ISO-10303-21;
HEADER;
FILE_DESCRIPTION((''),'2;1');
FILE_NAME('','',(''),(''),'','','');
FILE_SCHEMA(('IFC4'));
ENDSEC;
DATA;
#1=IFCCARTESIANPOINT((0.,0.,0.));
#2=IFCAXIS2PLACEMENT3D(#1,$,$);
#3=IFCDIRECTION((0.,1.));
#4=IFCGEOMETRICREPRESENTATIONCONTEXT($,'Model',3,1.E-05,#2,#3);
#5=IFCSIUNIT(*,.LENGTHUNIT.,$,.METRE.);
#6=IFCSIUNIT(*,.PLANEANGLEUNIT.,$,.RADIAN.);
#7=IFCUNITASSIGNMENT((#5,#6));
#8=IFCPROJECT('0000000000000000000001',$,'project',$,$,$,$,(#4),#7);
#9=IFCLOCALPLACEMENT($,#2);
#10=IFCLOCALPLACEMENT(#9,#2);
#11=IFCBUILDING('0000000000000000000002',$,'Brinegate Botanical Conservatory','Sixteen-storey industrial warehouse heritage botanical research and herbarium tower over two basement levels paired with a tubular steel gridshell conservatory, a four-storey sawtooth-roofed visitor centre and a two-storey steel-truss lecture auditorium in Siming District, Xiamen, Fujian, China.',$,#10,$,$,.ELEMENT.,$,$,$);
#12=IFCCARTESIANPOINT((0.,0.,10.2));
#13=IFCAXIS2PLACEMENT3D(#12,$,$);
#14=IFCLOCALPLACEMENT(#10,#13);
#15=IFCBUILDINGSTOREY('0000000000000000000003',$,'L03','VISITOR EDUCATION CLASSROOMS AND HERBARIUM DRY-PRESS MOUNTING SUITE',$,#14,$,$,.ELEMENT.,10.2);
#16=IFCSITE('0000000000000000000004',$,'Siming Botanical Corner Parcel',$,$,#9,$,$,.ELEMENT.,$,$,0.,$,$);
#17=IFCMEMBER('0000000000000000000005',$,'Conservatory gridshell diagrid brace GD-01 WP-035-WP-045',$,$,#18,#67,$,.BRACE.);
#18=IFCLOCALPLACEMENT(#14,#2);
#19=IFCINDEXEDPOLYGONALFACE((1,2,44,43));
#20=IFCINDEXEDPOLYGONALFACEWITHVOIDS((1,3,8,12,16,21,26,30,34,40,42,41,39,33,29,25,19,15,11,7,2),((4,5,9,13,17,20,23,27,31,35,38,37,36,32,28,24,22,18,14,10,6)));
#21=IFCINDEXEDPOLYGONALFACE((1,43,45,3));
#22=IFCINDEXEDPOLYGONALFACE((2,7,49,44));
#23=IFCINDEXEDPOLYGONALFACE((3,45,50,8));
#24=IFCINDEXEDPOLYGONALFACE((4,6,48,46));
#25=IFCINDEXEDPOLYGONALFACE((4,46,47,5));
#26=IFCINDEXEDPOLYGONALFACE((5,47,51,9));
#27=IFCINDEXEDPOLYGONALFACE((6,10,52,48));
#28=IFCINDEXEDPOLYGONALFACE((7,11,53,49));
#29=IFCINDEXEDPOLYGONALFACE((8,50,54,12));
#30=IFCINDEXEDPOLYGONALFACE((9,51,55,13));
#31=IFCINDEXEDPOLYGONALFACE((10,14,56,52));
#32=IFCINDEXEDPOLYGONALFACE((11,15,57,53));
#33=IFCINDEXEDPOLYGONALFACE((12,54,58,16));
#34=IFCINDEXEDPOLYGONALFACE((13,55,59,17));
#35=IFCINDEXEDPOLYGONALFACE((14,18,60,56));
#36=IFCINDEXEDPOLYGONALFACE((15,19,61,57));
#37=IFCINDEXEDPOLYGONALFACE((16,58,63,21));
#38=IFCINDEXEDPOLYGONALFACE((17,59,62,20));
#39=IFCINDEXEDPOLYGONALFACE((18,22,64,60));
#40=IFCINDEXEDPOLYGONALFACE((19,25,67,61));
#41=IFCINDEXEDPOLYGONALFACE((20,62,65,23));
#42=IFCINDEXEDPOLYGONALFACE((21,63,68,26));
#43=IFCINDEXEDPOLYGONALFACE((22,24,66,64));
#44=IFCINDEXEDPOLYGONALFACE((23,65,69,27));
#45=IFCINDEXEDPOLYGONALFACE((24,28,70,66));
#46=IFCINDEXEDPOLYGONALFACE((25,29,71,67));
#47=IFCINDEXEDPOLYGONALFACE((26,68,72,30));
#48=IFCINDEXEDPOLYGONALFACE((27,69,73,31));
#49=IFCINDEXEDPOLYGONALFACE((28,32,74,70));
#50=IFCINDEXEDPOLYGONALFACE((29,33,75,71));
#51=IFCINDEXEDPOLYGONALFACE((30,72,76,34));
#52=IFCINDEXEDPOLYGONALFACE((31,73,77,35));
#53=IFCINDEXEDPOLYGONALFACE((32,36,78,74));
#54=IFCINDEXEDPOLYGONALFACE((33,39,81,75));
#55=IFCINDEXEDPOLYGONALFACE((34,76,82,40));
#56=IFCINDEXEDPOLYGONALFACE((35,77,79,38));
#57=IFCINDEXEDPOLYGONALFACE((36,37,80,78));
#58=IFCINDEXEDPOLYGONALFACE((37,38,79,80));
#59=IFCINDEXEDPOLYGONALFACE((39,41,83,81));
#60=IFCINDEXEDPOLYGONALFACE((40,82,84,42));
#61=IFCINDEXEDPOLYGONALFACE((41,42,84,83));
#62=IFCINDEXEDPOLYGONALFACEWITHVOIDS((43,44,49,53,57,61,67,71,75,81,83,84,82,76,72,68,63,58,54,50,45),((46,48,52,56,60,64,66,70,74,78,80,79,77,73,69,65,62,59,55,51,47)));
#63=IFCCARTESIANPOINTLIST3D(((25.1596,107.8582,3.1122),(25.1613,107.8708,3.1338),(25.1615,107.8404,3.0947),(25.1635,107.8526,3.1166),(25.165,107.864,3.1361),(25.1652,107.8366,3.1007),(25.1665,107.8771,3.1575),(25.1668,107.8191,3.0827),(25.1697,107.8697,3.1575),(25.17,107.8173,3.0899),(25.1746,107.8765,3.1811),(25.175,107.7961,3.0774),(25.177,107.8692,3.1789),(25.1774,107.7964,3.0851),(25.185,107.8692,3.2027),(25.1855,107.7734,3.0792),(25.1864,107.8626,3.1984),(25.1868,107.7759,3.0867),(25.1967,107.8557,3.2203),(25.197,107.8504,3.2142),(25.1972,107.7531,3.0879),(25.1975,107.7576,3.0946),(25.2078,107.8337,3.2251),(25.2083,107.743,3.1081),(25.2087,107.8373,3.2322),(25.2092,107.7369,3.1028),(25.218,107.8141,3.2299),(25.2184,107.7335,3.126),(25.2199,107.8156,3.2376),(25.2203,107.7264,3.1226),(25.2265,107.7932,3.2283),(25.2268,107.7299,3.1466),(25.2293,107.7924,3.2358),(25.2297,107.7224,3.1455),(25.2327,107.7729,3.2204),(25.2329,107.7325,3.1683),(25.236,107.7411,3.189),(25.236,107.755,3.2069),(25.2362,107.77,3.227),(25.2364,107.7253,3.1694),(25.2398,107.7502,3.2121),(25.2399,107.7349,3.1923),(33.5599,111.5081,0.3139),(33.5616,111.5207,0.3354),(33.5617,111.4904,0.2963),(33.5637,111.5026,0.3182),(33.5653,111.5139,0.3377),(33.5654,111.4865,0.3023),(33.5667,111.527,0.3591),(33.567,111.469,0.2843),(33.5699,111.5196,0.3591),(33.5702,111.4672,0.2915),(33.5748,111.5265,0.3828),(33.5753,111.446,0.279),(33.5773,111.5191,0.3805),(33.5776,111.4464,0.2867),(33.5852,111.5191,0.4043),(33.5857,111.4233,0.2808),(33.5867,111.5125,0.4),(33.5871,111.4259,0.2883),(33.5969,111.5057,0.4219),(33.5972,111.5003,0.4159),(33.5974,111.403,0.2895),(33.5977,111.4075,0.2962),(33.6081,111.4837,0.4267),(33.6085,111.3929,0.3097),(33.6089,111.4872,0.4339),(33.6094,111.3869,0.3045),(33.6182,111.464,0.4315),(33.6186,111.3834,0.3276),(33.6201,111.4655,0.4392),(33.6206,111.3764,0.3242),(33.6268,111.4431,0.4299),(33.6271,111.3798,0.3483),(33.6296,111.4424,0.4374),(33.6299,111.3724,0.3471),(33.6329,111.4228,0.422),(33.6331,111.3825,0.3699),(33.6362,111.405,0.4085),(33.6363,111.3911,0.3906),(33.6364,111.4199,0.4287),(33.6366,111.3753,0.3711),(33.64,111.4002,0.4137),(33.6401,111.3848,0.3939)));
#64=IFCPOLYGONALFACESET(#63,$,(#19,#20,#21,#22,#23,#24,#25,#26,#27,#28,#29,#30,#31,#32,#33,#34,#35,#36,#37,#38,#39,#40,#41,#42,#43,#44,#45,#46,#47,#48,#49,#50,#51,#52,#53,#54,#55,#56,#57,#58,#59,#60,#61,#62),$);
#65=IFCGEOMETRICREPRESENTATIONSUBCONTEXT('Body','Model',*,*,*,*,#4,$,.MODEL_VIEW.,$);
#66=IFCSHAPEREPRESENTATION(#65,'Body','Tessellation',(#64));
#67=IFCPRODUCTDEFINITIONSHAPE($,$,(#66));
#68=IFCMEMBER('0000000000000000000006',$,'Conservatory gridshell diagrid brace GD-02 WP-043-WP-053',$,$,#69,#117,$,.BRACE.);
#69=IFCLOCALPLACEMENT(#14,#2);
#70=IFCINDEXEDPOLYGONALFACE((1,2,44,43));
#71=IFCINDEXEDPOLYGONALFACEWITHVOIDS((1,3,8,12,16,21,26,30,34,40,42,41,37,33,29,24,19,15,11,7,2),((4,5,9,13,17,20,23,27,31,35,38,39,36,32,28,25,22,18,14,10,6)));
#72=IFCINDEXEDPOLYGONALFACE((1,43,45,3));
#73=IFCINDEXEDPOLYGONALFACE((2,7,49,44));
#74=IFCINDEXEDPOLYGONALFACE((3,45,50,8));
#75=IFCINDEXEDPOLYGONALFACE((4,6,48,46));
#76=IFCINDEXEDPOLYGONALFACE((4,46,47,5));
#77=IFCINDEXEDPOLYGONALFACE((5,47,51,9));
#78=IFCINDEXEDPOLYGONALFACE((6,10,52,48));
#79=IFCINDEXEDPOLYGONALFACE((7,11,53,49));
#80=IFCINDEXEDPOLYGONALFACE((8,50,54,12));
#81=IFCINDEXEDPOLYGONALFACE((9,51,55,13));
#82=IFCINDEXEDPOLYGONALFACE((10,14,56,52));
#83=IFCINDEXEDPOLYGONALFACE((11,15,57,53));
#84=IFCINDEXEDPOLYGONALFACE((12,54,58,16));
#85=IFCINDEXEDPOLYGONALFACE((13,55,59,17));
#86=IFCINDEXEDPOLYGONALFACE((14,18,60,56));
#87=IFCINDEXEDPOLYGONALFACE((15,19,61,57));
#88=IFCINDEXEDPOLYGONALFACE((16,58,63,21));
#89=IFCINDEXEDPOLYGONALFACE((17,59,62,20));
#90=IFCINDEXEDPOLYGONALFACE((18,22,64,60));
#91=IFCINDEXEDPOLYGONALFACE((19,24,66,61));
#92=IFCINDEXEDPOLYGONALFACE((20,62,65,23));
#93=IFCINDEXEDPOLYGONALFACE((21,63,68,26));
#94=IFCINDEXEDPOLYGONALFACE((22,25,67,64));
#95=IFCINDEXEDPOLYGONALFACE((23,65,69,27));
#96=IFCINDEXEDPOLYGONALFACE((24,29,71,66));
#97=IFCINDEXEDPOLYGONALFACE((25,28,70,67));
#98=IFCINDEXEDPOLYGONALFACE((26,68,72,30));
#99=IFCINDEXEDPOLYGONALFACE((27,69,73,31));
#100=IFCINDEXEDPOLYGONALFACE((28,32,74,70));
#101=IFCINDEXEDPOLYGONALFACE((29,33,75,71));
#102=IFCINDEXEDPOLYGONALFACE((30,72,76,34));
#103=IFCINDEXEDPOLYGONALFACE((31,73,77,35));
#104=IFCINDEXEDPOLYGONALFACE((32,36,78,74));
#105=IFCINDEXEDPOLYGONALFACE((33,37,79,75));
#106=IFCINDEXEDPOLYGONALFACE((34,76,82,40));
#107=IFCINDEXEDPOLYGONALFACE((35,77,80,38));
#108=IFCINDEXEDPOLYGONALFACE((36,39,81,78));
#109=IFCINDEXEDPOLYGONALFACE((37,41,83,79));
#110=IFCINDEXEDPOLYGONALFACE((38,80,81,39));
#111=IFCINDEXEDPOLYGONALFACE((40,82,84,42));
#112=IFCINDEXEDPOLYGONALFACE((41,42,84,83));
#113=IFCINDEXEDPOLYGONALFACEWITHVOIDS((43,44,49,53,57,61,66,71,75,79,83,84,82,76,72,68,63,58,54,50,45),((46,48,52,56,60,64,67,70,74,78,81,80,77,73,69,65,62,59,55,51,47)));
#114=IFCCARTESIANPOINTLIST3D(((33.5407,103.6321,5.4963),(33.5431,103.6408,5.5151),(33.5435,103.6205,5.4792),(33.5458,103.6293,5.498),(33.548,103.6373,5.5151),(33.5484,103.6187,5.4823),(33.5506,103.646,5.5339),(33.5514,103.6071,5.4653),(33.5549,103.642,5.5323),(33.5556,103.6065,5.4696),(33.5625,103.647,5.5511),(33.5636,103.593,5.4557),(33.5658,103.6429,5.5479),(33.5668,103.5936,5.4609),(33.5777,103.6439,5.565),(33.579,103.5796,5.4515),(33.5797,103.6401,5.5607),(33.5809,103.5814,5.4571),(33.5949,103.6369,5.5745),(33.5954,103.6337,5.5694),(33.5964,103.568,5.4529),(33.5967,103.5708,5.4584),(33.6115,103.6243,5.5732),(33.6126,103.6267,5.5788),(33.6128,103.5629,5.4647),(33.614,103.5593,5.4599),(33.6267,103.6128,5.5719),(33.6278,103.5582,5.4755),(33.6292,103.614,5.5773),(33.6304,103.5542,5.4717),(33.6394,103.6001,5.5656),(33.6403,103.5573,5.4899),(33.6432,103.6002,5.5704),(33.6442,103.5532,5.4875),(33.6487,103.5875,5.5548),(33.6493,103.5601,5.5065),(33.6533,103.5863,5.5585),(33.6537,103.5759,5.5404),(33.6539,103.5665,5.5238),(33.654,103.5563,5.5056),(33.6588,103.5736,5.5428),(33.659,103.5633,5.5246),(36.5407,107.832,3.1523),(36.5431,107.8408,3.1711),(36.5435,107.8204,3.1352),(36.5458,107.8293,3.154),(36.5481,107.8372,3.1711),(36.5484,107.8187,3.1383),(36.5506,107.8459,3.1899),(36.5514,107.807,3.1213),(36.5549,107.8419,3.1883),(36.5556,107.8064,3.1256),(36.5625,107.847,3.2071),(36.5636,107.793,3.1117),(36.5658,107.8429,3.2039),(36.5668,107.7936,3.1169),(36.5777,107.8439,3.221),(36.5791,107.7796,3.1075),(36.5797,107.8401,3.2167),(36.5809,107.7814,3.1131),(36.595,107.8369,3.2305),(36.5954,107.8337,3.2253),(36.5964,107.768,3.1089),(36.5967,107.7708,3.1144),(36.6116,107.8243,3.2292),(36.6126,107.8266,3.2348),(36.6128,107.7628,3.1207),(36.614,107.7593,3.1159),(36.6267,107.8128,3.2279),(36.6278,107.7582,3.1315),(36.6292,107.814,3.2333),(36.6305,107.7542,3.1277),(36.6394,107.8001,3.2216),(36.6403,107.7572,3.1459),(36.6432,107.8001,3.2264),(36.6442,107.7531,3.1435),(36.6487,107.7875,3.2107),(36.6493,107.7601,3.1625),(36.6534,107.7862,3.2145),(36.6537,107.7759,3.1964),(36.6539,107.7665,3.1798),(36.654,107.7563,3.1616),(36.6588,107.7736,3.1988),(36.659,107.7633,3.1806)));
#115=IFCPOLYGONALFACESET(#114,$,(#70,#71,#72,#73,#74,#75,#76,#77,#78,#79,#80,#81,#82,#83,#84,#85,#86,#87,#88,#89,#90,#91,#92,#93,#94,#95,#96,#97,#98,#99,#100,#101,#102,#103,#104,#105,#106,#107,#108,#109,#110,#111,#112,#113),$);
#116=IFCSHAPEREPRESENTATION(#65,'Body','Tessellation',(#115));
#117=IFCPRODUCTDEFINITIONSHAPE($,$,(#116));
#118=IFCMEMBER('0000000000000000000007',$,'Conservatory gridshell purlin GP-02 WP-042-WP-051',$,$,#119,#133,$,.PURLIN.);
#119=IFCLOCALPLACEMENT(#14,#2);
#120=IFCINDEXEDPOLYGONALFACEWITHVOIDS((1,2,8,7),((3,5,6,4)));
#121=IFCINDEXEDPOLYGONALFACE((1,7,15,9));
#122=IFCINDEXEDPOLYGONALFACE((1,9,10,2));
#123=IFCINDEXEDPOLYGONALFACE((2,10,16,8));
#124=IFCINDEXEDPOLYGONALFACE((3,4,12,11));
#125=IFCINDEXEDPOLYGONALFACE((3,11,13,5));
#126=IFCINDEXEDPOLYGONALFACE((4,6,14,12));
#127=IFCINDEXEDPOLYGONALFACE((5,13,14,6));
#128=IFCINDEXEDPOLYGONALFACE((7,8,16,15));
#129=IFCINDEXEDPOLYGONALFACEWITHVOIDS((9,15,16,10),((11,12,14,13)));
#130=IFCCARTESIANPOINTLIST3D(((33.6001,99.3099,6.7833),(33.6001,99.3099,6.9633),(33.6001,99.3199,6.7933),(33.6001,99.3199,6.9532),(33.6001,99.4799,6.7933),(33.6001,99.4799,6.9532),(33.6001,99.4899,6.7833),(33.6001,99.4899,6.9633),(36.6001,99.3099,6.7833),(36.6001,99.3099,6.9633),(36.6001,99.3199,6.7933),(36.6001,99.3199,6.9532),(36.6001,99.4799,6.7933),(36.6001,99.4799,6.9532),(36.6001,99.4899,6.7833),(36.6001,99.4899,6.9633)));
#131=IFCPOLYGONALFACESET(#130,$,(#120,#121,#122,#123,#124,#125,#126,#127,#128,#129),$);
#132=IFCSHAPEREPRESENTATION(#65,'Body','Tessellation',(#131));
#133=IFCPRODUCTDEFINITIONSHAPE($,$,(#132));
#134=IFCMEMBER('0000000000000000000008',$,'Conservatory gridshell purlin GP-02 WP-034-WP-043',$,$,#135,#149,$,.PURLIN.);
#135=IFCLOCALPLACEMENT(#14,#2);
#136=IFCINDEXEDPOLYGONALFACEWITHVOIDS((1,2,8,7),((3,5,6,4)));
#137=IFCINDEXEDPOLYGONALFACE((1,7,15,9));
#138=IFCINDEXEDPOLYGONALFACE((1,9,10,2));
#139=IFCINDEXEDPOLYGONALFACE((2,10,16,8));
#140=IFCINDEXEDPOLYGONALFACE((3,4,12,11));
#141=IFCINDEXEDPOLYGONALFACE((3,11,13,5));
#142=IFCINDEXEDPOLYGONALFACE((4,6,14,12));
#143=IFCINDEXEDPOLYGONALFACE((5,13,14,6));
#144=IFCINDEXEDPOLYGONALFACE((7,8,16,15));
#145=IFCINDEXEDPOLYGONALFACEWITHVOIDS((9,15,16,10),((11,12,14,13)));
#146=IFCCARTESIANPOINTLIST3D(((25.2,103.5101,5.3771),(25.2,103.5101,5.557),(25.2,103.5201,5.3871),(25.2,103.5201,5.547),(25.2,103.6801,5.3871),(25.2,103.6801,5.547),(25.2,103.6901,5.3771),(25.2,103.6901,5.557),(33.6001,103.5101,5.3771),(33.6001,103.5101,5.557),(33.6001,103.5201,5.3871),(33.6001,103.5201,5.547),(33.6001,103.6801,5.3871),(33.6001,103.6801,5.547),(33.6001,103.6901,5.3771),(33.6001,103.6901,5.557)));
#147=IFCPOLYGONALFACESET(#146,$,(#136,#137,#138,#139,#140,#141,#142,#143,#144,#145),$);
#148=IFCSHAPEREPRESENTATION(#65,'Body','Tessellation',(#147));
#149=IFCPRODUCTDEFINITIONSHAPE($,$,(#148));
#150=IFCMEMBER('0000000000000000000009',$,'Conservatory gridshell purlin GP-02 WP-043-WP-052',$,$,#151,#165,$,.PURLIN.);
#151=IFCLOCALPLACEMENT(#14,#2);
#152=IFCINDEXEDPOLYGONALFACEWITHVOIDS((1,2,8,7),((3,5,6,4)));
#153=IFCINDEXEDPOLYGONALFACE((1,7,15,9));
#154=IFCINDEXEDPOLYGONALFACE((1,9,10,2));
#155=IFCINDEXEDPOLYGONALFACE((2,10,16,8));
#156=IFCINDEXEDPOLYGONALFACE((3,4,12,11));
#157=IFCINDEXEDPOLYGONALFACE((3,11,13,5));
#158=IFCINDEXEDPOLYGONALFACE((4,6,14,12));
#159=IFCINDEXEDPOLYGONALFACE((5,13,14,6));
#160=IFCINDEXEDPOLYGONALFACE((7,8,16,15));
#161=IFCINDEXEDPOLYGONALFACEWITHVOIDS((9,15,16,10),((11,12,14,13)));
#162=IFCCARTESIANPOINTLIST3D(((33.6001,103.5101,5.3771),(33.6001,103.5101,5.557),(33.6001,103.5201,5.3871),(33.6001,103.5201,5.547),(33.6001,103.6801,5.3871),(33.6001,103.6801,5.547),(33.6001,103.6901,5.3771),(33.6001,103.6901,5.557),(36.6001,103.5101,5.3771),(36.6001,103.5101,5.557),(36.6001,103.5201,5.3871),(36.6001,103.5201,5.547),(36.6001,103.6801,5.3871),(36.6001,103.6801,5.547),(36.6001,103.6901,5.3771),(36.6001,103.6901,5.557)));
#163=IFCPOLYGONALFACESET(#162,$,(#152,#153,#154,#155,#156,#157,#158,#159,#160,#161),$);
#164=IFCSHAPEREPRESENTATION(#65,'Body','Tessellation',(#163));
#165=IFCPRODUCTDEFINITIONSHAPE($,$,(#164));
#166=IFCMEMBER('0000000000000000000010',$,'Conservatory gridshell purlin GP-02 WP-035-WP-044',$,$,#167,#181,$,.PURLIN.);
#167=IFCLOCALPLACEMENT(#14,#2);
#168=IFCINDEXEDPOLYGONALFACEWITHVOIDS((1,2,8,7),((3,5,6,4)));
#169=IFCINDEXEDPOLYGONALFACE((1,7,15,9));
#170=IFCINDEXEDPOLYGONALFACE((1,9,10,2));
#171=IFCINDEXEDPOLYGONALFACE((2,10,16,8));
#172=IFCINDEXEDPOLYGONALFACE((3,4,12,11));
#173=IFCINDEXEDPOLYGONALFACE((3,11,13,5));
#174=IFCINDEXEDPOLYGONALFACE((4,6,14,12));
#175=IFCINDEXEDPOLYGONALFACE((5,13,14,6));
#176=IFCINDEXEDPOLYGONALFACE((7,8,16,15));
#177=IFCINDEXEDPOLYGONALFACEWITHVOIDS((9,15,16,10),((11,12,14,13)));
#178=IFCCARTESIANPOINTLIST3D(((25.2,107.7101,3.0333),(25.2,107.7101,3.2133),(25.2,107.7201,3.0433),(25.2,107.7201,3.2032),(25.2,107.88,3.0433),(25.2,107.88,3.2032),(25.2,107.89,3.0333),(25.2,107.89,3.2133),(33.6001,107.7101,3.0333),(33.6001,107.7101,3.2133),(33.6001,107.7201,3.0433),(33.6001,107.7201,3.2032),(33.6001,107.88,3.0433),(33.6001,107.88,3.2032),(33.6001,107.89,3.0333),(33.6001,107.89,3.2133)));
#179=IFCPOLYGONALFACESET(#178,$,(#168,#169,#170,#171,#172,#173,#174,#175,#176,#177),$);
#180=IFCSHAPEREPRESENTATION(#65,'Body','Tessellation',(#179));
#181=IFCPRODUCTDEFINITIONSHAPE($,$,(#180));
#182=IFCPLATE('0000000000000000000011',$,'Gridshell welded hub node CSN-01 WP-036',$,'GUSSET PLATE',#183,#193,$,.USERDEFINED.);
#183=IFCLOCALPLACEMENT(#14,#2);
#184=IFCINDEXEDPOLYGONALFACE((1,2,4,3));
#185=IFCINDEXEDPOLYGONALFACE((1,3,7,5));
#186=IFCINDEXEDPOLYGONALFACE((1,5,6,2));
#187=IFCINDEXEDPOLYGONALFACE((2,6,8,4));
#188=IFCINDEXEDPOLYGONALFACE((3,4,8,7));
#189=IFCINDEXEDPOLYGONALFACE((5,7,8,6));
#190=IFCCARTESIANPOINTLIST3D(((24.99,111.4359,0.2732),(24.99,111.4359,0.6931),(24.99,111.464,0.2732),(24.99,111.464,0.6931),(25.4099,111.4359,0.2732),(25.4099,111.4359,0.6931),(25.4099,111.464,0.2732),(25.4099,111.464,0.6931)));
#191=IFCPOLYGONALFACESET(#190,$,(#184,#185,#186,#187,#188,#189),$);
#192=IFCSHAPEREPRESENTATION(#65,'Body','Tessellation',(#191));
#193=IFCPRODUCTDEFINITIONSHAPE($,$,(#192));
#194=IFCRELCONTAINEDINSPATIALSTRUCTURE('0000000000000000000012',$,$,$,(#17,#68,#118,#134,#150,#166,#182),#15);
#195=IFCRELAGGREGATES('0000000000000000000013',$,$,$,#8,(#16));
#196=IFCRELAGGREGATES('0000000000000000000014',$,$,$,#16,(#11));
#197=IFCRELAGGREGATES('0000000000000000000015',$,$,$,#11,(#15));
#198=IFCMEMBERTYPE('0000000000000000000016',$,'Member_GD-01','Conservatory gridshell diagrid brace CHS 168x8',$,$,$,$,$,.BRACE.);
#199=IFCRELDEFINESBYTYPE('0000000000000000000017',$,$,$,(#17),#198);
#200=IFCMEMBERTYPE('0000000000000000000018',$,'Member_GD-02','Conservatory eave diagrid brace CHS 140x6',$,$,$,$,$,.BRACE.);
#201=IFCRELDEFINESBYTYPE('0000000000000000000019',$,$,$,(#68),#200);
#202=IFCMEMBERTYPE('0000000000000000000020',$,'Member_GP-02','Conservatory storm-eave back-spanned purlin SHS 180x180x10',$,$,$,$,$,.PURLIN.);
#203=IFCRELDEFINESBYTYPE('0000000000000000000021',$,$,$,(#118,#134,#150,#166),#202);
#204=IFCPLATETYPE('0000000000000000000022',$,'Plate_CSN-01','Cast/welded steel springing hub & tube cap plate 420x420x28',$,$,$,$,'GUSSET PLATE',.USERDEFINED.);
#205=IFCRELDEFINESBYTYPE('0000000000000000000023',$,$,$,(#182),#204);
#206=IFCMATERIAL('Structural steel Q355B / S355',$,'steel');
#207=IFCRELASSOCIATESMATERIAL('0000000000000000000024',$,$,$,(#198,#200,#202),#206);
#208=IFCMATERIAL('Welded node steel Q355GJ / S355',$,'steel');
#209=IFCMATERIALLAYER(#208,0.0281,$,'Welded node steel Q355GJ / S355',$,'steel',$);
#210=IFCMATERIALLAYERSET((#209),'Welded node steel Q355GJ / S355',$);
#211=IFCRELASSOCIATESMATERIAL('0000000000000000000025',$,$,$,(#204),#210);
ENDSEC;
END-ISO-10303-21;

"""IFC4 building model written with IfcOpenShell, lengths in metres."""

from ifc_helpers import new_model, si_unit, direction, frame, origin, origin_2d, place, context, subcontext, project, spatial, rectangle, hollow_rectangle, hollow_circle, extrude, material, layer, layer_set, material_profile, profile_set, type_object, element, save


model = new_model("IFC4")

# Units and contexts
model_context = context("Model", 3, precision=1e-05, world=origin(), true_north=direction((0.0, 1.0)))
body_context = subcontext(model_context, "Body", "Model", "MODEL_VIEW")
ifc_project = project(units=[si_unit("LENGTHUNIT", "METRE"), si_unit("PLANEANGLEUNIT", "RADIAN")], contexts=[model_context])

# Site, building, storey
site_placement = place(None, origin())
site = spatial("IfcSite", under=ifc_project, at=site_placement, Name="Siming Botanical Corner Parcel", CompositionType="ELEMENT", RefElevation=0.0)
building_placement = place(site_placement, origin())
building = spatial("IfcBuilding", under=site, at=building_placement, Name="Brinegate Botanical Conservatory", Description="Sixteen-storey industrial warehouse heritage botanical research and herbarium tower over two basement levels paired with a tubular steel gridshell conservatory, a four-storey sawtooth-roofed visitor centre and a two-storey steel-truss lecture auditorium in Siming District, Xiamen, Fujian, China.", CompositionType="ELEMENT")
storey_placement = place(building_placement, frame((0.0, 0.0, 10.2)))
storey = spatial("IfcBuildingStorey", under=building, at=storey_placement, Name="L03", Description="VISITOR EDUCATION CLASSROOMS AND HERBARIUM DRY-PRESS MOUNTING SUITE", CompositionType="ELEMENT", Elevation=10.2)

# Shared definitions
ifc_material_1 = material(Name="Structural steel Q355B / S355", Category="steel")

# Members
ifc_material_profile_1 = material_profile(ifc_material_1, hollow_circle(Radius=0.084, WallThickness=0.0081, at=origin_2d()), Name="CHS 168x8")
ifc_profile_set_1 = profile_set([ifc_material_profile_1], Name="Structural steel Q355B / S355")
member_type_1 = type_object("IfcMemberType", Name="Member_GD-01", Description="Conservatory gridshell diagrid brace CHS 168x8", PredefinedType="BRACE", material=ifc_profile_set_1)
member_1_placement = place(storey_placement, frame((25.2, 107.8, 3.1575), z_axis=(0.877136, 0.381119, -0.2922), x_axis=(-0.398512, 0.917163, 0.0)))
element("IfcMember", 1, at=member_1_placement, inside=storey, type_object=member_type_1, Name="Conservatory gridshell diagrid brace GD-01 WP-035-WP-045", PredefinedType="BRACE", context=body_context, shape_type="SweptSolid", body=[
    extrude(hollow_circle(Radius=0.084, WallThickness=0.0081, at=origin_2d()), origin(), (0.0, 0.0, 1.0), 9.5769),
])
ifc_material_profile_2 = material_profile(ifc_material_1, hollow_circle(Radius=0.0701, WallThickness=0.0061, at=origin_2d()), Name="CHS 140x6")
ifc_profile_set_2 = profile_set([ifc_material_profile_2], Name="Structural steel Q355B / S355")
member_type_2 = type_object("IfcMemberType", Name="Member_GD-02", Description="Conservatory eave diagrid brace CHS 140x6", PredefinedType="BRACE", material=ifc_profile_set_2)
member_2_placement = place(storey_placement, frame((33.6001, 103.6001, 5.5151), z_axis=(0.529224, 0.740905, -0.413499), x_axis=(-0.81373, 0.581243, 0.0)))
element("IfcMember", 2, at=member_2_placement, inside=storey, type_object=member_type_2, Name="Conservatory gridshell diagrid brace GD-02 WP-043-WP-053", PredefinedType="BRACE", context=body_context, shape_type="SweptSolid", body=[
    extrude(hollow_circle(Radius=0.0701, WallThickness=0.0061, at=origin_2d()), origin(), (0.0, 0.0, 1.0), 5.6687),
])
ifc_material_profile_3 = material_profile(ifc_material_1, hollow_rectangle(XDim=0.1799, YDim=0.1799, WallThickness=0.01, at=origin_2d()), Name="SHS 180x180x10")
ifc_profile_set_3 = profile_set([ifc_material_profile_3], Name="Structural steel Q355B / S355")
member_type_3 = type_object("IfcMemberType", Name="Member_GP-02", Description="Conservatory storm-eave back-spanned purlin SHS 180x180x10", PredefinedType="PURLIN", material=ifc_profile_set_3)
member_3_placement = place(storey_placement, frame((33.6001, 99.3999, 6.8733), z_axis=(1.0, 0.0, 0.0), x_axis=(0.0, 1.0, 0.0)))
element("IfcMember", 3, at=member_3_placement, inside=storey, type_object=member_type_3, Name="Conservatory gridshell purlin GP-02 WP-042-WP-051", PredefinedType="PURLIN", context=body_context, shape_type="SweptSolid", body=[
    extrude(hollow_rectangle(XDim=0.1799, YDim=0.1799, WallThickness=0.01, at=origin_2d()), origin(), (0.0, 0.0, 1.0), 3.0),
])
member_4_placement = place(storey_placement, frame((25.2, 103.6001, 5.467), z_axis=(1.0, 0.0, 0.0), x_axis=(0.0, 1.0, 0.0)))
element("IfcMember", 4, at=member_4_placement, inside=storey, type_object=member_type_3, Name="Conservatory gridshell purlin GP-02 WP-034-WP-043", PredefinedType="PURLIN", context=body_context, shape_type="SweptSolid", body=[
    extrude(hollow_rectangle(XDim=0.1799, YDim=0.1799, WallThickness=0.01, at=origin_2d()), origin(), (0.0, 0.0, 1.0), 8.4001),
])
member_5_placement = place(storey_placement, frame((33.6001, 103.6001, 5.467), z_axis=(1.0, 0.0, 0.0), x_axis=(0.0, 1.0, 0.0)))
element("IfcMember", 5, at=member_5_placement, inside=storey, type_object=member_type_3, Name="Conservatory gridshell purlin GP-02 WP-043-WP-052", PredefinedType="PURLIN", context=body_context, shape_type="SweptSolid", body=[
    extrude(hollow_rectangle(XDim=0.1799, YDim=0.1799, WallThickness=0.01, at=origin_2d()), origin(), (0.0, 0.0, 1.0), 3.0),
])
member_6_placement = place(storey_placement, frame((25.2, 107.8, 3.1233), z_axis=(1.0, 0.0, 0.0), x_axis=(0.0, 1.0, 0.0)))
element("IfcMember", 6, at=member_6_placement, inside=storey, type_object=member_type_3, Name="Conservatory gridshell purlin GP-02 WP-035-WP-044", PredefinedType="PURLIN", context=body_context, shape_type="SweptSolid", body=[
    extrude(hollow_rectangle(XDim=0.1799, YDim=0.1799, WallThickness=0.01, at=origin_2d()), origin(), (0.0, 0.0, 1.0), 8.4001),
])

# Plate
ifc_material_2 = material(Name="Welded node steel Q355GJ / S355", Category="steel")
ifc_layer_1 = layer(ifc_material_2, 0.0281, Name="Welded node steel Q355GJ / S355", Category="steel")
ifc_layer_set_1 = layer_set([ifc_layer_1], Name="Welded node steel Q355GJ / S355")
plate_type_1 = type_object("IfcPlateType", Name="Plate_CSN-01", Description="Cast/welded steel springing hub & tube cap plate 420x420x28", ElementType="GUSSET PLATE", PredefinedType="USERDEFINED", material=ifc_layer_set_1)
plate_1_placement = place(storey_placement, frame((25.2, 111.45, 0.2732), z_axis=(0.0, 0.0, 1.0), x_axis=(1.0, 0.0, 0.0)))
element("IfcPlate", 7, at=plate_1_placement, inside=storey, type_object=plate_type_1, Name="Gridshell welded hub node CSN-01 WP-036", ObjectType="GUSSET PLATE", PredefinedType="USERDEFINED", context=body_context, shape_type="SweptSolid", body=[
    extrude(rectangle(XDim=0.4199, YDim=0.0281, at=origin_2d()), origin(), (0.0, 0.0, 1.0), 0.4199),
])

save(model, "model.ifc")
